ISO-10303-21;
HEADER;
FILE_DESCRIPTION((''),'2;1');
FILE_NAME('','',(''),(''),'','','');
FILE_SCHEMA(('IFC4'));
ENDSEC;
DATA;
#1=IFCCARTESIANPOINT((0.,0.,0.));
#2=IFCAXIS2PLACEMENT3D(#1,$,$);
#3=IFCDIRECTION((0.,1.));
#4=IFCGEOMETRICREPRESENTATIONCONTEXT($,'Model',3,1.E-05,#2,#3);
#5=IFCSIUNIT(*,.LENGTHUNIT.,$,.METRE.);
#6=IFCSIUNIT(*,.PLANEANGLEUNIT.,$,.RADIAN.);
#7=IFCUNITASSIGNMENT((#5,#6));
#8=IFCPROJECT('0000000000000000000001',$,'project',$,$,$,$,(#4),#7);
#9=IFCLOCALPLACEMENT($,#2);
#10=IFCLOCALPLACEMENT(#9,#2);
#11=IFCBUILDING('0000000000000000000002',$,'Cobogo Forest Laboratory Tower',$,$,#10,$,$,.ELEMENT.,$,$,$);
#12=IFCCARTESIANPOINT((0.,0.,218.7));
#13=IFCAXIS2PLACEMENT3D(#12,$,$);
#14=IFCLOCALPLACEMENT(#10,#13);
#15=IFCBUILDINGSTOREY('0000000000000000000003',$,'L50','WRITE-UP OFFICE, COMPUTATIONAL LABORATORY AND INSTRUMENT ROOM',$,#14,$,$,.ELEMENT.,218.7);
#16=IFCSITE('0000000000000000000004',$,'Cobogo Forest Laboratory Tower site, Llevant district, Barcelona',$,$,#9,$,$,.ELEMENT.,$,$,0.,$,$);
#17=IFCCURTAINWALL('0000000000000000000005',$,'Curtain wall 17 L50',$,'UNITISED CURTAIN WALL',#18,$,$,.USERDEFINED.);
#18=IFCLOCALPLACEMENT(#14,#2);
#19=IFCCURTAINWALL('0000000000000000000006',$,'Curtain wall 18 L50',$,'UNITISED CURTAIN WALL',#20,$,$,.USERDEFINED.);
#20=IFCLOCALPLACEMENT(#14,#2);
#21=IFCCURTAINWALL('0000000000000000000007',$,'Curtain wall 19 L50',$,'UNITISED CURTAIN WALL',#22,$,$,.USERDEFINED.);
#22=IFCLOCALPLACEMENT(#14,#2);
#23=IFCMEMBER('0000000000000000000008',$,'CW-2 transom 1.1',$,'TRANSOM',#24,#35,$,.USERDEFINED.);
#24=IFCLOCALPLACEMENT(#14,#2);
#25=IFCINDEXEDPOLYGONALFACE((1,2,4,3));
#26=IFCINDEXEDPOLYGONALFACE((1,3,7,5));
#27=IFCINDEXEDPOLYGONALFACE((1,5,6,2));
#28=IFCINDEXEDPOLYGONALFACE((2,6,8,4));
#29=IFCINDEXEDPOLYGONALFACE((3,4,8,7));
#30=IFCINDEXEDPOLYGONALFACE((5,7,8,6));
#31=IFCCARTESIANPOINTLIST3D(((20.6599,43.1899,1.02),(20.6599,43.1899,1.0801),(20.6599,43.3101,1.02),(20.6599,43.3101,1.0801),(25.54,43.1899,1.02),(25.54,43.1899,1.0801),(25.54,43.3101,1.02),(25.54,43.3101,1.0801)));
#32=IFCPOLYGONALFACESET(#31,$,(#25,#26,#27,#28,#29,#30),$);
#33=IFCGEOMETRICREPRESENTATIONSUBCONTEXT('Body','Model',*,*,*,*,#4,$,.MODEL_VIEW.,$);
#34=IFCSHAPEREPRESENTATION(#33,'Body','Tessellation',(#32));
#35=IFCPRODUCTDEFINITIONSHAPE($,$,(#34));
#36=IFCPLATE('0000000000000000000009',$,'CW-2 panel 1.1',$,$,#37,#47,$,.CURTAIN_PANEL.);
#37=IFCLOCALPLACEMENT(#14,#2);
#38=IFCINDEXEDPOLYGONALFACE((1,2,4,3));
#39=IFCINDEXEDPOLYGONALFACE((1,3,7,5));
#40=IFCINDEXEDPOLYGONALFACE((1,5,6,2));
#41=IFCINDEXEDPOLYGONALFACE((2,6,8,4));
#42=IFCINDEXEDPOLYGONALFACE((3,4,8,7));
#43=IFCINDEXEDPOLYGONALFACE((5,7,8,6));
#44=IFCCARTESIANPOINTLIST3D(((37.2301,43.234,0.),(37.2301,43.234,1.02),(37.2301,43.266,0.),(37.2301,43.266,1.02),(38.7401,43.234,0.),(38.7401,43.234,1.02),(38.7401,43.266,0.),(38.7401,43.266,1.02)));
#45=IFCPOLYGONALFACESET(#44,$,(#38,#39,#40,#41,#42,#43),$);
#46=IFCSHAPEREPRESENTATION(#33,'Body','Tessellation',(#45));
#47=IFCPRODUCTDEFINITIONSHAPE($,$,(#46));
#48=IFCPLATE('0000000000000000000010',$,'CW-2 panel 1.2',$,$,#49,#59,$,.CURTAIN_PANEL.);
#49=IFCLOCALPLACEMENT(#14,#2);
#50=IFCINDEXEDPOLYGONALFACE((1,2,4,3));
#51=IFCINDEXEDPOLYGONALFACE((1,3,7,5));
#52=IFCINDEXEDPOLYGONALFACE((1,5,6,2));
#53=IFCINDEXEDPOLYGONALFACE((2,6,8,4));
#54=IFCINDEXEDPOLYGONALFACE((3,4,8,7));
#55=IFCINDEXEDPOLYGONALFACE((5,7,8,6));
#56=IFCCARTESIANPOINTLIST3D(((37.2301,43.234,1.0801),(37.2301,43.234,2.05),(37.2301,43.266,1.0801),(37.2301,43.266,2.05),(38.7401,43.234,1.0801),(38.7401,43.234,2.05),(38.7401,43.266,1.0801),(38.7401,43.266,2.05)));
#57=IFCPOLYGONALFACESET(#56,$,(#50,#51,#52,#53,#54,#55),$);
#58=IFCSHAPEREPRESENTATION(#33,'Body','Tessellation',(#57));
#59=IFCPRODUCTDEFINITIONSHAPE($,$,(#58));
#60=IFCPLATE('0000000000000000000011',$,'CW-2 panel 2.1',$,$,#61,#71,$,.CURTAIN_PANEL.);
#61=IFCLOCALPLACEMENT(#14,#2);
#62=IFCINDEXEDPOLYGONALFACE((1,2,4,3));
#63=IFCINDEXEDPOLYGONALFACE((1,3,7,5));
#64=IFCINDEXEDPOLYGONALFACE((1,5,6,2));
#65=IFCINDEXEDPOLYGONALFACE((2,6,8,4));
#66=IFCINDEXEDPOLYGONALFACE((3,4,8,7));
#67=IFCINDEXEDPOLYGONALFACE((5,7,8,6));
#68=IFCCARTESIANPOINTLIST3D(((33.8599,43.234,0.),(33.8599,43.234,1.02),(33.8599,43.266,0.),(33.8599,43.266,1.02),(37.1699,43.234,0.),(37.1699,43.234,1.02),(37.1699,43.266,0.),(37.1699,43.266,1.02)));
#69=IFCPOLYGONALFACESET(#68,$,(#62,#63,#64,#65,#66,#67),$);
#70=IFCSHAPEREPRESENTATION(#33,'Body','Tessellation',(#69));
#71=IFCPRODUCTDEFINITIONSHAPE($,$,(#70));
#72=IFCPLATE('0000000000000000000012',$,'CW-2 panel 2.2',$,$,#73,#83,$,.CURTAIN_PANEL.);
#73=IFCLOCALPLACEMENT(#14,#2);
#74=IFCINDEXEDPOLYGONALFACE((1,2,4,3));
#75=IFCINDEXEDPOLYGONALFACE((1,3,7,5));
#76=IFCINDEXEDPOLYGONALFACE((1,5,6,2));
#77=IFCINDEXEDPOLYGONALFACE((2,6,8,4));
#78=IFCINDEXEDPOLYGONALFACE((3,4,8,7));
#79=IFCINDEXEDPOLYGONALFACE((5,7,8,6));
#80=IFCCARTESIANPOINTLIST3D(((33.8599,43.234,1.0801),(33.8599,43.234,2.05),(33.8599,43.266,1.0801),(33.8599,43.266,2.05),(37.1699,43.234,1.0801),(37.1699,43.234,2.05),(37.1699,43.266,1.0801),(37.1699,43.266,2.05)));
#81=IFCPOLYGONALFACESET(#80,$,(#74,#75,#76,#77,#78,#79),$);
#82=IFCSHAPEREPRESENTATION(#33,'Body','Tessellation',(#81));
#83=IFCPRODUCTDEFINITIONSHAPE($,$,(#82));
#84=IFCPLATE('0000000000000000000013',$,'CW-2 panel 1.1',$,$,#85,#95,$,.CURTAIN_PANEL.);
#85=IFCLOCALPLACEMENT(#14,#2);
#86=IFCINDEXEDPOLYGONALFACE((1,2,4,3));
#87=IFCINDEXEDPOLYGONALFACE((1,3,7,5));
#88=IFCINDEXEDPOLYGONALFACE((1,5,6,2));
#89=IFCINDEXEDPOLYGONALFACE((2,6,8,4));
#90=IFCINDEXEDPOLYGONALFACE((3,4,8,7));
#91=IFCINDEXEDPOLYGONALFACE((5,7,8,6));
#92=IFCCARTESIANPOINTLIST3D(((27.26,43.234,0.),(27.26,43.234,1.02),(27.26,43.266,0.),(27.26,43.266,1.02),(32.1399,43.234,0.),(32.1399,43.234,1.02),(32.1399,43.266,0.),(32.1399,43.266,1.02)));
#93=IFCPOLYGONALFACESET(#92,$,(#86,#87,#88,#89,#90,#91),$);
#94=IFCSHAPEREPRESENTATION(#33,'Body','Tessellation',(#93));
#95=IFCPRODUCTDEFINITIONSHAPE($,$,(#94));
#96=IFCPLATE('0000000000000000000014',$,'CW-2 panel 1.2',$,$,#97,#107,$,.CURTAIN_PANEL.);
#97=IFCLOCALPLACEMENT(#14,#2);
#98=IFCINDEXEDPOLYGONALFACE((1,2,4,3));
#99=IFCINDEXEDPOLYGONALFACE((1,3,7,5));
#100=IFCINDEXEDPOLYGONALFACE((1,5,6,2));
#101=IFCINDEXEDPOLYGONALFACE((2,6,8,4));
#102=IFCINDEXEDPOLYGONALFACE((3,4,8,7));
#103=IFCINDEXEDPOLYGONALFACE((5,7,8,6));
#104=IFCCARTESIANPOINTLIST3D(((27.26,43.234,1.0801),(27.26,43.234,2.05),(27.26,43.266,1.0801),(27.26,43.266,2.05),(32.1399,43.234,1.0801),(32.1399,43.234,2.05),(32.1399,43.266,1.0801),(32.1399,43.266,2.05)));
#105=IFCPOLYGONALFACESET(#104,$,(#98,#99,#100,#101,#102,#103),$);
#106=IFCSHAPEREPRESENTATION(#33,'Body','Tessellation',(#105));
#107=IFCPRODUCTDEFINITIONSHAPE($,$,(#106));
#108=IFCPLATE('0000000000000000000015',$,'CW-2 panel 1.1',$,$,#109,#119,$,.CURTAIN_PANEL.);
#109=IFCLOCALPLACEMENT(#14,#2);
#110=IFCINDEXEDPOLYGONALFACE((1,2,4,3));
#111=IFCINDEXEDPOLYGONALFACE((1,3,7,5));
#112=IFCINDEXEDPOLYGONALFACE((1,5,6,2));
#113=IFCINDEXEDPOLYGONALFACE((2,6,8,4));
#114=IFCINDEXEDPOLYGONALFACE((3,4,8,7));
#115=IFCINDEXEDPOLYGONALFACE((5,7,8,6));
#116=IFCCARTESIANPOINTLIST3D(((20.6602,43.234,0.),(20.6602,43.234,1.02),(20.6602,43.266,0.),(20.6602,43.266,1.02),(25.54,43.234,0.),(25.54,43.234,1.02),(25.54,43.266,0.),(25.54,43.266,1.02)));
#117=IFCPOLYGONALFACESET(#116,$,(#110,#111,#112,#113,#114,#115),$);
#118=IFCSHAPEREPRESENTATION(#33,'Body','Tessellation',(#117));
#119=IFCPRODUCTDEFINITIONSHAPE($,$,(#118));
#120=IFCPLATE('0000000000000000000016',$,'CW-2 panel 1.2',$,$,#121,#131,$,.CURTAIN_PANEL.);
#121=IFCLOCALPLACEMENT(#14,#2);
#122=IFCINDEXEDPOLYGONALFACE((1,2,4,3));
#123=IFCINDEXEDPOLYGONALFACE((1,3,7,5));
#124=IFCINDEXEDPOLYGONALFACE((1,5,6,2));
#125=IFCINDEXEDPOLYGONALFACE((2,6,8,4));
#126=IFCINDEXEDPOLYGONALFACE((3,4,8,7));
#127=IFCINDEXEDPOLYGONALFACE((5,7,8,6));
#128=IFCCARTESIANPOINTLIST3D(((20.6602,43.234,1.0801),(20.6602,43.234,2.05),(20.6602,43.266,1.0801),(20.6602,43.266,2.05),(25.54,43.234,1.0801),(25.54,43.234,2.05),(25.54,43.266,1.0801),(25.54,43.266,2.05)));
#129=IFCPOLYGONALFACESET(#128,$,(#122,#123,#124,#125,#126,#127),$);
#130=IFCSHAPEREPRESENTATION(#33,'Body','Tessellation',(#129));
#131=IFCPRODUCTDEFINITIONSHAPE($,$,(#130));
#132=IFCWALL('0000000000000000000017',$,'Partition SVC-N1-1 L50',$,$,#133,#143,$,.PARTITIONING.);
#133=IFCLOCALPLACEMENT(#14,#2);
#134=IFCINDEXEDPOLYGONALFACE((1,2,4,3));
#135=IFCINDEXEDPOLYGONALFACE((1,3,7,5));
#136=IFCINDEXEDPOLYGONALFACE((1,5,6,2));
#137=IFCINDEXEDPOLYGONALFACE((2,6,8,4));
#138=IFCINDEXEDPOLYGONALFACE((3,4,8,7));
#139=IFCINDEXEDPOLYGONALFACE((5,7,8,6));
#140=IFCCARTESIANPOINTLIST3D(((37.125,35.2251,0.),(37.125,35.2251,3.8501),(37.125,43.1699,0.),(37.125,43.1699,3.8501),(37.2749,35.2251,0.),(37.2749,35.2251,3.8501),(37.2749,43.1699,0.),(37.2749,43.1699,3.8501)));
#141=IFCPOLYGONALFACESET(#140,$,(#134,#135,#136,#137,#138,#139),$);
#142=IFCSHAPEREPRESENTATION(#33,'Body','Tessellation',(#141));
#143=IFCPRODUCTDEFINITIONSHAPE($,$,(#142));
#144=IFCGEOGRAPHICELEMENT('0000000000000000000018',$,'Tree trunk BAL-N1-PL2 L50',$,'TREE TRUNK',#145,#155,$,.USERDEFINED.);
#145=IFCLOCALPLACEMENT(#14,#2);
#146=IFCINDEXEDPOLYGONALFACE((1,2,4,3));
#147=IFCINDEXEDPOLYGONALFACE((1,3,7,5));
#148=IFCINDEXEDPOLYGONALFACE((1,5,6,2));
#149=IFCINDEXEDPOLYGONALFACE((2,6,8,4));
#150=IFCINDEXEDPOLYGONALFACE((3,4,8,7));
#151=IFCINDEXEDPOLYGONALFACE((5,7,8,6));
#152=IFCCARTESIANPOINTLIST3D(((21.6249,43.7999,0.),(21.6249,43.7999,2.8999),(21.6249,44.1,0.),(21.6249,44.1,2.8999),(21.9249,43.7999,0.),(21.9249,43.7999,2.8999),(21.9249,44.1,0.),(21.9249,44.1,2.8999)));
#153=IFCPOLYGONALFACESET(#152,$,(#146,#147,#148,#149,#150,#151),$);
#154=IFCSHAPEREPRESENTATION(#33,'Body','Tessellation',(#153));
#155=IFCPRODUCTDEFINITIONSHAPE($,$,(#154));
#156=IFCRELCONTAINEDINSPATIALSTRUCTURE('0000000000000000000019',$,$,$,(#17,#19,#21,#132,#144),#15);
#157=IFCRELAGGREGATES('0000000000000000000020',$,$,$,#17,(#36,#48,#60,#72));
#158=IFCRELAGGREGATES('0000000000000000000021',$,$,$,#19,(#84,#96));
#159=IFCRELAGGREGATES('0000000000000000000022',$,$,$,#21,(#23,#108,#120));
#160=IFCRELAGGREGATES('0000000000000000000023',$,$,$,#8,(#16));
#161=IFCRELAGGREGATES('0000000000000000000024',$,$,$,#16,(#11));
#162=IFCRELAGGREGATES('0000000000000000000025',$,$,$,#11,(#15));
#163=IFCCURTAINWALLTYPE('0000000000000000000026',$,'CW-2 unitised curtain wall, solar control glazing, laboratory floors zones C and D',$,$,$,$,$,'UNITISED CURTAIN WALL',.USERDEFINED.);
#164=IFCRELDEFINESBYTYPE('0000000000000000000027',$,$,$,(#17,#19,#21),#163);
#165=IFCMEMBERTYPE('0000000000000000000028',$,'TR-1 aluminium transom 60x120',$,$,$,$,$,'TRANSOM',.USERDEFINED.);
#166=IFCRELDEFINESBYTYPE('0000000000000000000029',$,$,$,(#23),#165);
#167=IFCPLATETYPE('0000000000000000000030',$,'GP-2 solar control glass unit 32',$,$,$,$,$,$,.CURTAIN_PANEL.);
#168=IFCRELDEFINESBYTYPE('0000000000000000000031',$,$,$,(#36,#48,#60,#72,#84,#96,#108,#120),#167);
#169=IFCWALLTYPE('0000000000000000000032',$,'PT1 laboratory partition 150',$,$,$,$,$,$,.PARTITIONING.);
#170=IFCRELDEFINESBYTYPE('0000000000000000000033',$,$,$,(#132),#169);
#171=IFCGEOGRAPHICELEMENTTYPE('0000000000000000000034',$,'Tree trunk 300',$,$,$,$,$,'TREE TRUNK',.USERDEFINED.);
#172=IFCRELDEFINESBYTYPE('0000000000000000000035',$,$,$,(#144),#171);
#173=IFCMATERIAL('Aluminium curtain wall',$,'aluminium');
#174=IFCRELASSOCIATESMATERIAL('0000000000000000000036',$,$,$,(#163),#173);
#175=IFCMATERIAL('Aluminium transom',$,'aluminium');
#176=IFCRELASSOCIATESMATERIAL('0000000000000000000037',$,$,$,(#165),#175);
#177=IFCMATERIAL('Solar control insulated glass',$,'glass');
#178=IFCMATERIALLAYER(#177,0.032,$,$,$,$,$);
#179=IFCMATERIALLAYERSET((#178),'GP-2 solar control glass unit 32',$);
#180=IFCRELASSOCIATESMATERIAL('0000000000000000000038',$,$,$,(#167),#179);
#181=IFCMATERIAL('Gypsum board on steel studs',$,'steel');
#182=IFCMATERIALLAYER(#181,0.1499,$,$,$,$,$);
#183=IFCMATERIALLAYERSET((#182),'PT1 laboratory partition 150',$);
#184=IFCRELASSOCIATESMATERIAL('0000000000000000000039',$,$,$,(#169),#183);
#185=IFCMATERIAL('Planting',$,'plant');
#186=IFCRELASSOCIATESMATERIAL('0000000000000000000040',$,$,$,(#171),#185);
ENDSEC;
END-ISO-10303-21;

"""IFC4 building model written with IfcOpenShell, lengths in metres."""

from ifc_helpers import new_model, si_unit, direction, frame, frame_2d, origin, origin_2d, place, context, subcontext, project, spatial, rectangle, extrude, material, layer, layer_set, material_profile, profile_set, type_object, element, aggregate, save


model = new_model("IFC4")

# Units and contexts
model_context = context("Model", 3, precision=1e-05, world=origin(), true_north=direction((0.0, 1.0)))
body_context = subcontext(model_context, "Body", "Model", "MODEL_VIEW")
ifc_project = project(units=[si_unit("LENGTHUNIT", "METRE"), si_unit("PLANEANGLEUNIT", "RADIAN")], contexts=[model_context])

# Site, building, storey
site_placement = place(None, origin())
site = spatial("IfcSite", under=ifc_project, at=site_placement, Name="Cobogo Forest Laboratory Tower site, Llevant district, Barcelona", CompositionType="ELEMENT", RefElevation=0.0)
building_placement = place(site_placement, origin())
building = spatial("IfcBuilding", under=site, at=building_placement, Name="Cobogo Forest Laboratory Tower", CompositionType="ELEMENT")
storey_placement = place(building_placement, frame((0.0, 0.0, 218.7)))
storey = spatial("IfcBuildingStorey", under=building, at=storey_placement, Name="L50", Description="WRITE-UP OFFICE, COMPUTATIONAL LABORATORY AND INSTRUMENT ROOM", CompositionType="ELEMENT", Elevation=218.7)

# Curtain walls
ifc_material_1 = material(Name="Aluminium curtain wall", Category="aluminium")
curtain_wall_type = type_object("IfcCurtainWallType", Name="CW-2 unitised curtain wall, solar control glazing, laboratory floors zones C and D", ElementType="UNITISED CURTAIN WALL", PredefinedType="USERDEFINED", material=ifc_material_1)
curtain_wall_1_placement = place(storey_placement, origin())
curtain_wall_1 = element("IfcCurtainWall", 1, at=curtain_wall_1_placement, inside=storey, type_object=curtain_wall_type, Name="Curtain wall 17 L50", ObjectType="UNITISED CURTAIN WALL", PredefinedType="USERDEFINED")
curtain_wall_2_placement = place(storey_placement, origin())
curtain_wall_2 = element("IfcCurtainWall", 2, at=curtain_wall_2_placement, inside=storey, type_object=curtain_wall_type, Name="Curtain wall 18 L50", ObjectType="UNITISED CURTAIN WALL", PredefinedType="USERDEFINED")
curtain_wall_3_placement = place(storey_placement, origin())
curtain_wall_3 = element("IfcCurtainWall", 3, at=curtain_wall_3_placement, inside=storey, type_object=curtain_wall_type, Name="Curtain wall 19 L50", ObjectType="UNITISED CURTAIN WALL", PredefinedType="USERDEFINED")

# Member
ifc_material_2 = material(Name="Aluminium transom", Category="aluminium")
ifc_material_profile_1 = material_profile(ifc_material_2, rectangle(XDim=0.1201, YDim=0.0601, at=origin_2d()), Name="AL 60x120")
ifc_profile_set_1 = profile_set([ifc_material_profile_1], Name="Aluminium transom")
member_type_1 = type_object("IfcMemberType", Name="TR-1 aluminium transom 60x120", ElementType="TRANSOM", PredefinedType="USERDEFINED", material=ifc_profile_set_1)
member_1_placement = place(storey_placement, frame((25.54, 43.25, 1.05), z_axis=(-1.0, 0.0, 0.0), x_axis=(0.0, -1.0, 0.0)))
member_1 = element("IfcMember", 4, at=member_1_placement, type_object=member_type_1, Name="CW-2 transom 1.1", ObjectType="TRANSOM", PredefinedType="USERDEFINED", context=body_context, shape_type="SweptSolid", body=[
    extrude(rectangle(XDim=0.1201, YDim=0.0601, at=origin_2d()), origin(), (0.0, 0.0, 1.0), 4.8801),
])

# Plates
ifc_material_3 = material(Name="Solar control insulated glass", Category="glass")
ifc_layer_1 = layer(ifc_material_3, 0.032)
ifc_layer_set_1 = layer_set([ifc_layer_1], Name="GP-2 solar control glass unit 32")
plate_type_1 = type_object("IfcPlateType", Name="GP-2 solar control glass unit 32", PredefinedType="CURTAIN_PANEL", material=ifc_layer_set_1)
plate_1_placement = place(storey_placement, frame((37.9851, 43.25, 0.0), z_axis=(0.0, 0.0, 1.0), x_axis=(-1.0, 0.0, 0.0)))
plate_1 = element("IfcPlate", 5, at=plate_1_placement, type_object=plate_type_1, Name="CW-2 panel 1.1", PredefinedType="CURTAIN_PANEL", context=body_context, shape_type="SweptSolid", body=[
    extrude(rectangle(XDim=1.51, YDim=0.032, at=origin_2d()), origin(), (0.0, 0.0, 1.0), 1.02),
])
plate_2_placement = place(storey_placement, frame((37.9851, 43.25, 1.0801), z_axis=(0.0, 0.0, 1.0), x_axis=(-1.0, 0.0, 0.0)))
plate_2 = element("IfcPlate", 6, at=plate_2_placement, type_object=plate_type_1, Name="CW-2 panel 1.2", PredefinedType="CURTAIN_PANEL", context=body_context, shape_type="SweptSolid", body=[
    extrude(rectangle(XDim=1.51, YDim=0.032, at=origin_2d()), origin(), (0.0, 0.0, 1.0), 0.97),
])
plate_3_placement = place(storey_placement, frame((35.5149, 43.25, 0.0), z_axis=(0.0, 0.0, 1.0), x_axis=(-1.0, 0.0, 0.0)))
plate_3 = element("IfcPlate", 7, at=plate_3_placement, type_object=plate_type_1, Name="CW-2 panel 2.1", PredefinedType="CURTAIN_PANEL", context=body_context, shape_type="SweptSolid", body=[
    extrude(rectangle(XDim=3.3101, YDim=0.032, at=origin_2d()), origin(), (0.0, 0.0, 1.0), 1.02),
])
plate_4_placement = place(storey_placement, frame((35.5149, 43.25, 1.0801), z_axis=(0.0, 0.0, 1.0), x_axis=(-1.0, 0.0, 0.0)))
plate_4 = element("IfcPlate", 8, at=plate_4_placement, type_object=plate_type_1, Name="CW-2 panel 2.2", PredefinedType="CURTAIN_PANEL", context=body_context, shape_type="SweptSolid", body=[
    extrude(rectangle(XDim=3.3101, YDim=0.032, at=origin_2d()), origin(), (0.0, 0.0, 1.0), 0.97),
])
aggregate(curtain_wall_1, [plate_1, plate_2, plate_3, plate_4])
plate_5_placement = place(storey_placement, frame((29.7, 43.25, 0.0), z_axis=(0.0, 0.0, 1.0), x_axis=(-1.0, 0.0, 0.0)))
plate_5 = element("IfcPlate", 9, at=plate_5_placement, type_object=plate_type_1, Name="CW-2 panel 1.1", PredefinedType="CURTAIN_PANEL", context=body_context, shape_type="SweptSolid", body=[
    extrude(rectangle(XDim=4.8799, YDim=0.032, at=origin_2d()), origin(), (0.0, 0.0, 1.0), 1.02),
])
plate_6_placement = place(storey_placement, frame((29.7, 43.25, 1.0801), z_axis=(0.0, 0.0, 1.0), x_axis=(-1.0, 0.0, 0.0)))
plate_6 = element("IfcPlate", 10, at=plate_6_placement, type_object=plate_type_1, Name="CW-2 panel 1.2", PredefinedType="CURTAIN_PANEL", context=body_context, shape_type="SweptSolid", body=[
    extrude(rectangle(XDim=4.8799, YDim=0.032, at=origin_2d()), origin(), (0.0, 0.0, 1.0), 0.97),
])
aggregate(curtain_wall_2, [plate_5, plate_6])
plate_7_placement = place(storey_placement, frame((23.1001, 43.25, 0.0), z_axis=(0.0, 0.0, 1.0), x_axis=(-1.0, 0.0, 0.0)))
plate_7 = element("IfcPlate", 11, at=plate_7_placement, type_object=plate_type_1, Name="CW-2 panel 1.1", PredefinedType="CURTAIN_PANEL", context=body_context, shape_type="SweptSolid", body=[
    extrude(rectangle(XDim=4.8799, YDim=0.032, at=origin_2d()), origin(), (0.0, 0.0, 1.0), 1.02),
])
plate_8_placement = place(storey_placement, frame((23.1001, 43.25, 1.0801), z_axis=(0.0, 0.0, 1.0), x_axis=(-1.0, 0.0, 0.0)))
plate_8 = element("IfcPlate", 12, at=plate_8_placement, type_object=plate_type_1, Name="CW-2 panel 1.2", PredefinedType="CURTAIN_PANEL", context=body_context, shape_type="SweptSolid", body=[
    extrude(rectangle(XDim=4.8799, YDim=0.032, at=origin_2d()), origin(), (0.0, 0.0, 1.0), 0.97),
])
aggregate(curtain_wall_3, [member_1, plate_7, plate_8])

# Wall
ifc_material_4 = material(Name="Gypsum board on steel studs", Category="steel")
ifc_layer_2 = layer(ifc_material_4, 0.1499)
ifc_layer_set_2 = layer_set([ifc_layer_2], Name="PT1 laboratory partition 150")
wall_type = type_object("IfcWallType", Name="PT1 laboratory partition 150", PredefinedType="PARTITIONING", material=ifc_layer_set_2)
wall_placement = place(storey_placement, frame((37.2, 43.1699, 0.0), z_axis=(0.0, 0.0, 1.0), x_axis=(0.0, -1.0, 0.0)))
element("IfcWall", 13, at=wall_placement, inside=storey, type_object=wall_type, Name="Partition SVC-N1-1 L50", PredefinedType="PARTITIONING", context=body_context, shape_type="SweptSolid", body=[
    extrude(rectangle(XDim=7.9448, YDim=0.1499, at=frame_2d((3.9724, 0.0))), origin(), (0.0, 0.0, 1.0), 3.8501),
])

# Geographic element
ifc_material_5 = material(Name="Planting", Category="plant")
geographic_element_type = type_object("IfcGeographicElementType", Name="Tree trunk 300", ElementType="TREE TRUNK", PredefinedType="USERDEFINED", material=ifc_material_5)
geographic_element_placement = place(storey_placement, frame((21.7749, 43.95, 0.0), z_axis=(0.0, 0.0, 1.0), x_axis=(1.0, 0.0, 0.0)))
element("IfcGeographicElement", 14, at=geographic_element_placement, inside=storey, type_object=geographic_element_type, Name="Tree trunk BAL-N1-PL2 L50", ObjectType="TREE TRUNK", PredefinedType="USERDEFINED", context=body_context, shape_type="SweptSolid", body=[
    extrude(rectangle(XDim=0.3, YDim=0.3, at=origin_2d()), origin(), (0.0, 0.0, 1.0), 2.8999),
])

save(model, "model.ifc")
